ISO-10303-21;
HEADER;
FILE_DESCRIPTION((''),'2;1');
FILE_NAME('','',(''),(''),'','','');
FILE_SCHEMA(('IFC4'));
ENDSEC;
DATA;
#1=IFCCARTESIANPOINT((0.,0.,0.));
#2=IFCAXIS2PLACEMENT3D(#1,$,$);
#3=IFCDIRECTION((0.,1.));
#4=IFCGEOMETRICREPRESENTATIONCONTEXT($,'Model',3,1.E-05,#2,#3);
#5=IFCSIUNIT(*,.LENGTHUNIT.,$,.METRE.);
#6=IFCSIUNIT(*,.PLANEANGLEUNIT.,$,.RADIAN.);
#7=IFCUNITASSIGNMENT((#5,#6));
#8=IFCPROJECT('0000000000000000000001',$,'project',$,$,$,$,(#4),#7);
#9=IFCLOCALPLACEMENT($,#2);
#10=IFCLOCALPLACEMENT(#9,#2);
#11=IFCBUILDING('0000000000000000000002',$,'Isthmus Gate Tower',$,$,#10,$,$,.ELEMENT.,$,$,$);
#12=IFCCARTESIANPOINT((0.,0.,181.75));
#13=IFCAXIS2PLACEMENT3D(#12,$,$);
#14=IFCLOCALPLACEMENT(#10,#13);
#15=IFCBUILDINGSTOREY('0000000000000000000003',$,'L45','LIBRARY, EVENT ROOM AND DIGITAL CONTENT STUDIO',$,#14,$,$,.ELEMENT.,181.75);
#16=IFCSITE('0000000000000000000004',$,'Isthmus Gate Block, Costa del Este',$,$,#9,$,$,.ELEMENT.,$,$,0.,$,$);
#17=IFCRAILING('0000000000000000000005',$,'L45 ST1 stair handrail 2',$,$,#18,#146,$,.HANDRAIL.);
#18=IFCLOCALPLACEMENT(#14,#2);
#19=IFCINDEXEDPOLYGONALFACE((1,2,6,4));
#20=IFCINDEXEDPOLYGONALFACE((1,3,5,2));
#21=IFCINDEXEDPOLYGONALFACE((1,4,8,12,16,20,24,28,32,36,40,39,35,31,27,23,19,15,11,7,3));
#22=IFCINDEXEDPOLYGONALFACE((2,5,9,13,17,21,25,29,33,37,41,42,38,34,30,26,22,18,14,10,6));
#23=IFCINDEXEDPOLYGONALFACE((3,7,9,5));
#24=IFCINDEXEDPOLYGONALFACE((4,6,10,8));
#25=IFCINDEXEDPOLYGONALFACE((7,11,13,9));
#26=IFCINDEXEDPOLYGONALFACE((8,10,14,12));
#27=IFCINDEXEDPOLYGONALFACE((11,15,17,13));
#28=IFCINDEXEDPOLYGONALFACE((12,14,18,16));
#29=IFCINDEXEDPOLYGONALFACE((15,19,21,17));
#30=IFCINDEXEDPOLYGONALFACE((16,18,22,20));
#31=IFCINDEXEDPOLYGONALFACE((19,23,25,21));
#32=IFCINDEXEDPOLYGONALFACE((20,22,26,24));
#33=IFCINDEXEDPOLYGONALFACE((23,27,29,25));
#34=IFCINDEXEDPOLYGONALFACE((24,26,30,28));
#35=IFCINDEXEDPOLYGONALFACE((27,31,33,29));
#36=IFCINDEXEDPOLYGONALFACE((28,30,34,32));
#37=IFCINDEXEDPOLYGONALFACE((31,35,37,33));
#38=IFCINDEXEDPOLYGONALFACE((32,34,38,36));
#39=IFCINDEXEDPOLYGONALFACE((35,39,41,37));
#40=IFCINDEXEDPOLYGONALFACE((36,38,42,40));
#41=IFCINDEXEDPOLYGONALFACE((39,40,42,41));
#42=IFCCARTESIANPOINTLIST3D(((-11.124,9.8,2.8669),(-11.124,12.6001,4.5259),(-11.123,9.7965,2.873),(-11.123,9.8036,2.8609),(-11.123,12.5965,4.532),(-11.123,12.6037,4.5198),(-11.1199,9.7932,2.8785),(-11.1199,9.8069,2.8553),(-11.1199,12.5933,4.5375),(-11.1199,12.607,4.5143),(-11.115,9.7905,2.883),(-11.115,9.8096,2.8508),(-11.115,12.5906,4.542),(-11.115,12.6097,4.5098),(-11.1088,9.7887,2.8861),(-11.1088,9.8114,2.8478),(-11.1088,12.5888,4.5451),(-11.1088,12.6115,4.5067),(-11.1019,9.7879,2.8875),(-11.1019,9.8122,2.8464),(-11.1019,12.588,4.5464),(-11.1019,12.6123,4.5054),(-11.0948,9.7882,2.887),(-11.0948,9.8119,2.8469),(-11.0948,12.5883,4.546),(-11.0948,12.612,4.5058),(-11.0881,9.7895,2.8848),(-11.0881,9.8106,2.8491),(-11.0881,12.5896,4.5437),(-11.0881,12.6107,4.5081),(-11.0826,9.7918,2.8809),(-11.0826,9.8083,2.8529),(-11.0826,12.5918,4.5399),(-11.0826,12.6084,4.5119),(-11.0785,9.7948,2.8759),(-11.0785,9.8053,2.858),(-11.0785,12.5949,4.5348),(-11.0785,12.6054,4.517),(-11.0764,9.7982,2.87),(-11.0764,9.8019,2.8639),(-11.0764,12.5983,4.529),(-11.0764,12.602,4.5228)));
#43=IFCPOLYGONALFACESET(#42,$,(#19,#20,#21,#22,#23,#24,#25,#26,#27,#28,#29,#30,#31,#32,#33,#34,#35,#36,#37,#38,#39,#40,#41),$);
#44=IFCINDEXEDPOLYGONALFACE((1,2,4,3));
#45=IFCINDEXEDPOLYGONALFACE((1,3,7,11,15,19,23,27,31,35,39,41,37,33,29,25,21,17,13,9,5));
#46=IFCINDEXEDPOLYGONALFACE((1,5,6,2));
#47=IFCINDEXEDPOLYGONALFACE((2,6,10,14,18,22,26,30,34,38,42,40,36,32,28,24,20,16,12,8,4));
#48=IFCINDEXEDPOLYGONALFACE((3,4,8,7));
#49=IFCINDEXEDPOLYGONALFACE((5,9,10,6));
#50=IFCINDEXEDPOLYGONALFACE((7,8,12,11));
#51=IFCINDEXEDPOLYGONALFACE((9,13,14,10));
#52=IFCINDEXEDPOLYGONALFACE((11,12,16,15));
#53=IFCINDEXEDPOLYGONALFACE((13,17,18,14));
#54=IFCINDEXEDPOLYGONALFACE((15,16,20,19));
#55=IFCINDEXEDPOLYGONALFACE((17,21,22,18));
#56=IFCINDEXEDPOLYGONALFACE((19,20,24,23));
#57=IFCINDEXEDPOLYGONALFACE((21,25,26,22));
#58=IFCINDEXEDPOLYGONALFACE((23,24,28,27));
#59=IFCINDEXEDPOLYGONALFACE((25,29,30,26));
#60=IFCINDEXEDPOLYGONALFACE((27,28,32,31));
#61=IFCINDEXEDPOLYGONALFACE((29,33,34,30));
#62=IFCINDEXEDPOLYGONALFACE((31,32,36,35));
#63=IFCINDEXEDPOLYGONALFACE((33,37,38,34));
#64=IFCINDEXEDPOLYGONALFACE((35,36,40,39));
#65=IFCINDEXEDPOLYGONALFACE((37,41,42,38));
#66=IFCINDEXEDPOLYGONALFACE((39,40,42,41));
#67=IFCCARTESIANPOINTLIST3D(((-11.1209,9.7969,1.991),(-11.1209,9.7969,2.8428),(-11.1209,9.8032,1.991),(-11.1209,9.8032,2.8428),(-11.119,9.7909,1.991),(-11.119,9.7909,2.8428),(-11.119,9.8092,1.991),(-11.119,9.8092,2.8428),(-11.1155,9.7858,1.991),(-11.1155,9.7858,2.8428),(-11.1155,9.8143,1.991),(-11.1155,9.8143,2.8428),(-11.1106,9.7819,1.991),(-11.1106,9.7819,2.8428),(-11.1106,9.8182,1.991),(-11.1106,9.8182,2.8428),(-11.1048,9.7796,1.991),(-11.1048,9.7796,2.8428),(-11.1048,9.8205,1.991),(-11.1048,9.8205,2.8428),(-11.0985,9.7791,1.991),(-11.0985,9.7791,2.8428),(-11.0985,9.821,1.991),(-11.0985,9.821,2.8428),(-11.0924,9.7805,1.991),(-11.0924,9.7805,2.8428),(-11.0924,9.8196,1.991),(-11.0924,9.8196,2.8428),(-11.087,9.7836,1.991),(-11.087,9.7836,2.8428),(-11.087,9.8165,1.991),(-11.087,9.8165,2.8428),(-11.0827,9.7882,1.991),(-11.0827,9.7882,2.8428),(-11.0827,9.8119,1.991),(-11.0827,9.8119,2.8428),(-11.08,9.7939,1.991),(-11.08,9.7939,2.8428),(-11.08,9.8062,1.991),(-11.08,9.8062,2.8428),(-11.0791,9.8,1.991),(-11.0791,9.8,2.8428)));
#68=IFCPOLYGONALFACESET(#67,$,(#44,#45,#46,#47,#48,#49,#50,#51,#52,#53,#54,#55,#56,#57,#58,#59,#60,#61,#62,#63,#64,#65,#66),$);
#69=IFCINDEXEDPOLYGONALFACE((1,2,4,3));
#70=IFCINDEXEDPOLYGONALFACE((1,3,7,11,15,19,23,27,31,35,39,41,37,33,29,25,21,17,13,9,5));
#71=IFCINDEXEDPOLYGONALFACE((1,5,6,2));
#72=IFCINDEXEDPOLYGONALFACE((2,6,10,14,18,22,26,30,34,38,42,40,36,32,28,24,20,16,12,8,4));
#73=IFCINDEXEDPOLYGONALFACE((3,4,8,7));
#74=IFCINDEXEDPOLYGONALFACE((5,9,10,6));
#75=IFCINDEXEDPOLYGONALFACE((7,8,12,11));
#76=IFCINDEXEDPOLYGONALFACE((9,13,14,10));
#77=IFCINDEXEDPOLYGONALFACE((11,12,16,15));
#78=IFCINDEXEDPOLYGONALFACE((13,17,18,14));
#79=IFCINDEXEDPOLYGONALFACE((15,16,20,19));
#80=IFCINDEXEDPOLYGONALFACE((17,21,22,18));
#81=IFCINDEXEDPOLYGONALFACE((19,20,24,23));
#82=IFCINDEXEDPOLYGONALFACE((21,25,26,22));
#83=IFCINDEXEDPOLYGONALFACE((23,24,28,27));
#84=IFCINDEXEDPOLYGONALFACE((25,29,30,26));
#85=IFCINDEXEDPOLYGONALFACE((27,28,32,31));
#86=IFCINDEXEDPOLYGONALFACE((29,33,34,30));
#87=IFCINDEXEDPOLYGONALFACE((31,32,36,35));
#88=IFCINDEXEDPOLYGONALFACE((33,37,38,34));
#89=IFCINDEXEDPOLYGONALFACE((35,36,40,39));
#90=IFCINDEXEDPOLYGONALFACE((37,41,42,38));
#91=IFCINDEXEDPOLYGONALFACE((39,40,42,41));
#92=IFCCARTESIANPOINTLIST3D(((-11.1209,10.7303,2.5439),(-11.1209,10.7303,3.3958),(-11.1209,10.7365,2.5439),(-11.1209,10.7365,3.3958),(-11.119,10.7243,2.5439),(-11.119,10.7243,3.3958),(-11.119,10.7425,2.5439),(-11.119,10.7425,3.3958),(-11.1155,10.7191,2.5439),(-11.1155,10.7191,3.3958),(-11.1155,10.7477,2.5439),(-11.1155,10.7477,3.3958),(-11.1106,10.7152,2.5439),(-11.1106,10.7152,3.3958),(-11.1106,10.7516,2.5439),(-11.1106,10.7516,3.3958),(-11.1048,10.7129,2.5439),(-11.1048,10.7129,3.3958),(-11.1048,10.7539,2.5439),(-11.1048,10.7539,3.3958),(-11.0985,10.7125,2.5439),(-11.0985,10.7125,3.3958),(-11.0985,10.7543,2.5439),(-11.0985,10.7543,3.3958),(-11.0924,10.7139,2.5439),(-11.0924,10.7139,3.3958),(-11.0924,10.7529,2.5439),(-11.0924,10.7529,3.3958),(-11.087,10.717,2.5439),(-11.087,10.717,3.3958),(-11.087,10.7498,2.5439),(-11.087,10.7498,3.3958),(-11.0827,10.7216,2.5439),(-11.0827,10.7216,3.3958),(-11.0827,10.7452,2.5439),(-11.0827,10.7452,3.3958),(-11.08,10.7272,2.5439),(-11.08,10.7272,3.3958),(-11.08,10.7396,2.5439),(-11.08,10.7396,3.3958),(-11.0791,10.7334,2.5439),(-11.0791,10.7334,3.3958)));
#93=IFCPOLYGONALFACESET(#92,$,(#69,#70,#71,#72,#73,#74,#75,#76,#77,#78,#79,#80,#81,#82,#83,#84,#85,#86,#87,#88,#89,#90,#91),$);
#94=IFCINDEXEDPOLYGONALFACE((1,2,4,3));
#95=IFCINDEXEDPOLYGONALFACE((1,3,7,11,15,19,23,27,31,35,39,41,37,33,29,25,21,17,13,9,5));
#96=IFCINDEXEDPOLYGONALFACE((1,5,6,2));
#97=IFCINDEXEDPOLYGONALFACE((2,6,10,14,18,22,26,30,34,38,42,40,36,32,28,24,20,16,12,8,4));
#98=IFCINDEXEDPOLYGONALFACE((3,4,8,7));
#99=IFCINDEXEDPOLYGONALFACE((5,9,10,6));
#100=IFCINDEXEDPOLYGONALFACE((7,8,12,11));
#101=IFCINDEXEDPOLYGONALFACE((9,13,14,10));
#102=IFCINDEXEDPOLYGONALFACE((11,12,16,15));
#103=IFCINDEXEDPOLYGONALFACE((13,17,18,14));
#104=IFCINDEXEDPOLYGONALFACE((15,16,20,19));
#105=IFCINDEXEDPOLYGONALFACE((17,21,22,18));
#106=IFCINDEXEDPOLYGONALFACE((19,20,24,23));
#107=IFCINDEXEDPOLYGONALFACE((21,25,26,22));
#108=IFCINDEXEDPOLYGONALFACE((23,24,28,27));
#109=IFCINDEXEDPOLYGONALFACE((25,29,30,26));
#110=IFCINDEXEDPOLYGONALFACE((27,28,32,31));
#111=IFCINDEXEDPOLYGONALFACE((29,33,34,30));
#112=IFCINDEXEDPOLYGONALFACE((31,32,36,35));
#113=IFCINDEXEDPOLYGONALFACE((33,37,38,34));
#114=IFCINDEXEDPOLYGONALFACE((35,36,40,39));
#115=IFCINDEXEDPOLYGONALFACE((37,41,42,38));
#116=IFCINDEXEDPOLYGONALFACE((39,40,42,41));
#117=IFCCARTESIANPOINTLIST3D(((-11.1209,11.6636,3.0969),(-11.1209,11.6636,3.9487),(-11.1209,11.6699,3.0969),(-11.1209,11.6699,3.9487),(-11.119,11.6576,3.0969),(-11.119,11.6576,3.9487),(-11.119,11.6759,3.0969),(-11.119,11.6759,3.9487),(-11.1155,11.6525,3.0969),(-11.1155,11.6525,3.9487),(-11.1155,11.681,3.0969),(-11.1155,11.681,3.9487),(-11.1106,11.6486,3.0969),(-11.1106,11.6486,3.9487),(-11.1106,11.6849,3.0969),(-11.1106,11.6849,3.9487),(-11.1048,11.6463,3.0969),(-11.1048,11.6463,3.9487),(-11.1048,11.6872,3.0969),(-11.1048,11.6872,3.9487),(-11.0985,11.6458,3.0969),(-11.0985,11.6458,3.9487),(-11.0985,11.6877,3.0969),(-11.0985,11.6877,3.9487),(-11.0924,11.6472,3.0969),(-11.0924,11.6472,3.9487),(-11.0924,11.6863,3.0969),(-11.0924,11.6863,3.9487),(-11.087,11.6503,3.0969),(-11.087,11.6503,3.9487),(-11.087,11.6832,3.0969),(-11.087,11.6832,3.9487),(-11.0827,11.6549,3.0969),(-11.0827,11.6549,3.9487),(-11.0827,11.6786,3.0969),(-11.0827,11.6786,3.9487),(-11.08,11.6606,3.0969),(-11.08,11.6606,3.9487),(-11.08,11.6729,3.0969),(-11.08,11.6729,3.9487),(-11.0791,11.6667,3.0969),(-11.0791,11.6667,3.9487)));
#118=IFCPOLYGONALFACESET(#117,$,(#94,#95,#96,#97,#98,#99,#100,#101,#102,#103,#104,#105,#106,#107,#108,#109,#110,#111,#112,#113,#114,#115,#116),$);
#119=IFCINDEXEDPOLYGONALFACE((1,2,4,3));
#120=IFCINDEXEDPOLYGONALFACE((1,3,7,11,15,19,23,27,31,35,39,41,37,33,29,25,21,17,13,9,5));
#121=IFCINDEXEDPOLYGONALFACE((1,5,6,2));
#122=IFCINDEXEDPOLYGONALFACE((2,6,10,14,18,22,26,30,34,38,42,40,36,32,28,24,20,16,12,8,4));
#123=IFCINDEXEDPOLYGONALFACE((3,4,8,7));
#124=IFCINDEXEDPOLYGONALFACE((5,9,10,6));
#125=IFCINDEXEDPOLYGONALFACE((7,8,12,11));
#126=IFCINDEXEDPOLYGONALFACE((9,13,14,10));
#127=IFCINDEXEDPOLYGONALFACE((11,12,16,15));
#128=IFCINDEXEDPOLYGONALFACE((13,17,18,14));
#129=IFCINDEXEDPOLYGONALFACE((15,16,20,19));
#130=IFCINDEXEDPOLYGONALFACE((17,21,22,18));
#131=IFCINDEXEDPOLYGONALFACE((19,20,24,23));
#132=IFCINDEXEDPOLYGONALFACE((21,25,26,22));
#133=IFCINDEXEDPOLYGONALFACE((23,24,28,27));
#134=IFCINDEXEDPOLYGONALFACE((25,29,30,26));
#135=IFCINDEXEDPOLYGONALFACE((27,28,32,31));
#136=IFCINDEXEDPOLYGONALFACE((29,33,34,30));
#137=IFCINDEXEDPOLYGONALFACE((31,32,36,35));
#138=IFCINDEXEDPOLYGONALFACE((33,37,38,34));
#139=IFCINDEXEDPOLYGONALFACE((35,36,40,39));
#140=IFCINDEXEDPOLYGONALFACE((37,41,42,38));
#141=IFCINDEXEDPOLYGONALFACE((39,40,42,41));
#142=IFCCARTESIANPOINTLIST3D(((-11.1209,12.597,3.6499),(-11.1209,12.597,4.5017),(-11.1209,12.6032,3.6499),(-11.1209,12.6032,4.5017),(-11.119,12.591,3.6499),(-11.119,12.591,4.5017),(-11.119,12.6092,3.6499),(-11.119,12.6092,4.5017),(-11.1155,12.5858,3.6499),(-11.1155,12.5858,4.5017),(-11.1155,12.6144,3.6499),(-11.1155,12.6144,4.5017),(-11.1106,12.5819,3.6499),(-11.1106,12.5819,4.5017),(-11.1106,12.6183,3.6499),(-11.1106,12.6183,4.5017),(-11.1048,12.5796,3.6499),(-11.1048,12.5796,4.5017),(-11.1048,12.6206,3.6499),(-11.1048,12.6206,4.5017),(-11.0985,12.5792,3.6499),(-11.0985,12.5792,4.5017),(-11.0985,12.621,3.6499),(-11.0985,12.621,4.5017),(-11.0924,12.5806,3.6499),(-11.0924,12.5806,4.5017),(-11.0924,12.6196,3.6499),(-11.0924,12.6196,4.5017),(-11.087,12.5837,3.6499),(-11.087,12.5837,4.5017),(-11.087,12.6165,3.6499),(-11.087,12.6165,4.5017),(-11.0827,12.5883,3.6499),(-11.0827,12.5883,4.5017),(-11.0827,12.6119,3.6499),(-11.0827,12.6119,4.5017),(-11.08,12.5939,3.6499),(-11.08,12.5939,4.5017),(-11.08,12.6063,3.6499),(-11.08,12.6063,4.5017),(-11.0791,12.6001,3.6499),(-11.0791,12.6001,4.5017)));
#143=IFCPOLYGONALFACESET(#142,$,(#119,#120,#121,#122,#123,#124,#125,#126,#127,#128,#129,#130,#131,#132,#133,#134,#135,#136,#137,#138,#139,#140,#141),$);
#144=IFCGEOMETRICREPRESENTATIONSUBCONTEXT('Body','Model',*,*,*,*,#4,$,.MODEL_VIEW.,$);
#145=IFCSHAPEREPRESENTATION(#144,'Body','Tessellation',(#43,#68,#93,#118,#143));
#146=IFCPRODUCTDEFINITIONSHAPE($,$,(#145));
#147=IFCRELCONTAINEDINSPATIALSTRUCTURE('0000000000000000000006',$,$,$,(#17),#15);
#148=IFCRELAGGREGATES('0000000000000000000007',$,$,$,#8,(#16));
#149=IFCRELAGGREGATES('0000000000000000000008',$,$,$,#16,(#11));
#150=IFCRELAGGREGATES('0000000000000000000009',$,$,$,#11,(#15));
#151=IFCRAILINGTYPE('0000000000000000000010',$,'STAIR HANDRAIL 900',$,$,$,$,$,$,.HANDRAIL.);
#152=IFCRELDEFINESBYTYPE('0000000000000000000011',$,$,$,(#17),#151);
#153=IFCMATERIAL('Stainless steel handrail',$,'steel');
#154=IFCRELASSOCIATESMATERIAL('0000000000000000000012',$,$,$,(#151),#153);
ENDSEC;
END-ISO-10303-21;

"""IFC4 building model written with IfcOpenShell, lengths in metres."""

from ifc_helpers import new_model, si_unit, direction, frame, origin, origin_2d, place, context, subcontext, project, spatial, circle, extrude, material, type_object, element, save


model = new_model("IFC4")

# Units and contexts
model_context = context("Model", 3, precision=1e-05, world=origin(), true_north=direction((0.0, 1.0)))
body_context = subcontext(model_context, "Body", "Model", "MODEL_VIEW")
ifc_project = project(units=[si_unit("LENGTHUNIT", "METRE"), si_unit("PLANEANGLEUNIT", "RADIAN")], contexts=[model_context])

# Site, building, storey
site_placement = place(None, origin())
site = spatial("IfcSite", under=ifc_project, at=site_placement, Name="Isthmus Gate Block, Costa del Este", CompositionType="ELEMENT", RefElevation=0.0)
building_placement = place(site_placement, origin())
building = spatial("IfcBuilding", under=site, at=building_placement, Name="Isthmus Gate Tower", CompositionType="ELEMENT")
storey_placement = place(building_placement, frame((0.0, 0.0, 181.75)))
storey = spatial("IfcBuildingStorey", under=building, at=storey_placement, Name="L45", Description="LIBRARY, EVENT ROOM AND DIGITAL CONTENT STUDIO", CompositionType="ELEMENT", Elevation=181.75)

# Railing
ifc_material_1 = material(Name="Stainless steel handrail", Category="steel")
railing_type_1 = type_object("IfcRailingType", Name="STAIR HANDRAIL 900", PredefinedType="HANDRAIL", material=ifc_material_1)
railing_1_placement = place(storey_placement, frame((-11.1001, 9.8, 1.991)))
element("IfcRailing", 1, at=railing_1_placement, inside=storey, type_object=railing_type_1, Name="L45 ST1 stair handrail 2", PredefinedType="HANDRAIL", context=body_context, shape_type="SweptSolid", body=[
    extrude(circle(Radius=0.0239, at=origin_2d()), frame((0.0, 0.0, 0.876), z_axis=(0.0, 0.860339, 0.509722), x_axis=(-1.0, 0.0, 0.0)), (0.0, 0.0, 1.0), 3.2546),
    extrude(circle(Radius=0.021, at=origin_2d()), origin(), (0.0, 0.0, 1.0), 0.8518),
    extrude(circle(Radius=0.021, at=origin_2d()), frame((0.0, 0.9333, 0.553)), (0.0, 0.0, 1.0), 0.8518),
    extrude(circle(Radius=0.021, at=origin_2d()), frame((0.0, 1.8667, 1.106)), (0.0, 0.0, 1.0), 0.8518),
    extrude(circle(Radius=0.021, at=origin_2d()), frame((0.0, 2.8, 1.6589)), (0.0, 0.0, 1.0), 0.8518),
])

save(model, "model.ifc")
